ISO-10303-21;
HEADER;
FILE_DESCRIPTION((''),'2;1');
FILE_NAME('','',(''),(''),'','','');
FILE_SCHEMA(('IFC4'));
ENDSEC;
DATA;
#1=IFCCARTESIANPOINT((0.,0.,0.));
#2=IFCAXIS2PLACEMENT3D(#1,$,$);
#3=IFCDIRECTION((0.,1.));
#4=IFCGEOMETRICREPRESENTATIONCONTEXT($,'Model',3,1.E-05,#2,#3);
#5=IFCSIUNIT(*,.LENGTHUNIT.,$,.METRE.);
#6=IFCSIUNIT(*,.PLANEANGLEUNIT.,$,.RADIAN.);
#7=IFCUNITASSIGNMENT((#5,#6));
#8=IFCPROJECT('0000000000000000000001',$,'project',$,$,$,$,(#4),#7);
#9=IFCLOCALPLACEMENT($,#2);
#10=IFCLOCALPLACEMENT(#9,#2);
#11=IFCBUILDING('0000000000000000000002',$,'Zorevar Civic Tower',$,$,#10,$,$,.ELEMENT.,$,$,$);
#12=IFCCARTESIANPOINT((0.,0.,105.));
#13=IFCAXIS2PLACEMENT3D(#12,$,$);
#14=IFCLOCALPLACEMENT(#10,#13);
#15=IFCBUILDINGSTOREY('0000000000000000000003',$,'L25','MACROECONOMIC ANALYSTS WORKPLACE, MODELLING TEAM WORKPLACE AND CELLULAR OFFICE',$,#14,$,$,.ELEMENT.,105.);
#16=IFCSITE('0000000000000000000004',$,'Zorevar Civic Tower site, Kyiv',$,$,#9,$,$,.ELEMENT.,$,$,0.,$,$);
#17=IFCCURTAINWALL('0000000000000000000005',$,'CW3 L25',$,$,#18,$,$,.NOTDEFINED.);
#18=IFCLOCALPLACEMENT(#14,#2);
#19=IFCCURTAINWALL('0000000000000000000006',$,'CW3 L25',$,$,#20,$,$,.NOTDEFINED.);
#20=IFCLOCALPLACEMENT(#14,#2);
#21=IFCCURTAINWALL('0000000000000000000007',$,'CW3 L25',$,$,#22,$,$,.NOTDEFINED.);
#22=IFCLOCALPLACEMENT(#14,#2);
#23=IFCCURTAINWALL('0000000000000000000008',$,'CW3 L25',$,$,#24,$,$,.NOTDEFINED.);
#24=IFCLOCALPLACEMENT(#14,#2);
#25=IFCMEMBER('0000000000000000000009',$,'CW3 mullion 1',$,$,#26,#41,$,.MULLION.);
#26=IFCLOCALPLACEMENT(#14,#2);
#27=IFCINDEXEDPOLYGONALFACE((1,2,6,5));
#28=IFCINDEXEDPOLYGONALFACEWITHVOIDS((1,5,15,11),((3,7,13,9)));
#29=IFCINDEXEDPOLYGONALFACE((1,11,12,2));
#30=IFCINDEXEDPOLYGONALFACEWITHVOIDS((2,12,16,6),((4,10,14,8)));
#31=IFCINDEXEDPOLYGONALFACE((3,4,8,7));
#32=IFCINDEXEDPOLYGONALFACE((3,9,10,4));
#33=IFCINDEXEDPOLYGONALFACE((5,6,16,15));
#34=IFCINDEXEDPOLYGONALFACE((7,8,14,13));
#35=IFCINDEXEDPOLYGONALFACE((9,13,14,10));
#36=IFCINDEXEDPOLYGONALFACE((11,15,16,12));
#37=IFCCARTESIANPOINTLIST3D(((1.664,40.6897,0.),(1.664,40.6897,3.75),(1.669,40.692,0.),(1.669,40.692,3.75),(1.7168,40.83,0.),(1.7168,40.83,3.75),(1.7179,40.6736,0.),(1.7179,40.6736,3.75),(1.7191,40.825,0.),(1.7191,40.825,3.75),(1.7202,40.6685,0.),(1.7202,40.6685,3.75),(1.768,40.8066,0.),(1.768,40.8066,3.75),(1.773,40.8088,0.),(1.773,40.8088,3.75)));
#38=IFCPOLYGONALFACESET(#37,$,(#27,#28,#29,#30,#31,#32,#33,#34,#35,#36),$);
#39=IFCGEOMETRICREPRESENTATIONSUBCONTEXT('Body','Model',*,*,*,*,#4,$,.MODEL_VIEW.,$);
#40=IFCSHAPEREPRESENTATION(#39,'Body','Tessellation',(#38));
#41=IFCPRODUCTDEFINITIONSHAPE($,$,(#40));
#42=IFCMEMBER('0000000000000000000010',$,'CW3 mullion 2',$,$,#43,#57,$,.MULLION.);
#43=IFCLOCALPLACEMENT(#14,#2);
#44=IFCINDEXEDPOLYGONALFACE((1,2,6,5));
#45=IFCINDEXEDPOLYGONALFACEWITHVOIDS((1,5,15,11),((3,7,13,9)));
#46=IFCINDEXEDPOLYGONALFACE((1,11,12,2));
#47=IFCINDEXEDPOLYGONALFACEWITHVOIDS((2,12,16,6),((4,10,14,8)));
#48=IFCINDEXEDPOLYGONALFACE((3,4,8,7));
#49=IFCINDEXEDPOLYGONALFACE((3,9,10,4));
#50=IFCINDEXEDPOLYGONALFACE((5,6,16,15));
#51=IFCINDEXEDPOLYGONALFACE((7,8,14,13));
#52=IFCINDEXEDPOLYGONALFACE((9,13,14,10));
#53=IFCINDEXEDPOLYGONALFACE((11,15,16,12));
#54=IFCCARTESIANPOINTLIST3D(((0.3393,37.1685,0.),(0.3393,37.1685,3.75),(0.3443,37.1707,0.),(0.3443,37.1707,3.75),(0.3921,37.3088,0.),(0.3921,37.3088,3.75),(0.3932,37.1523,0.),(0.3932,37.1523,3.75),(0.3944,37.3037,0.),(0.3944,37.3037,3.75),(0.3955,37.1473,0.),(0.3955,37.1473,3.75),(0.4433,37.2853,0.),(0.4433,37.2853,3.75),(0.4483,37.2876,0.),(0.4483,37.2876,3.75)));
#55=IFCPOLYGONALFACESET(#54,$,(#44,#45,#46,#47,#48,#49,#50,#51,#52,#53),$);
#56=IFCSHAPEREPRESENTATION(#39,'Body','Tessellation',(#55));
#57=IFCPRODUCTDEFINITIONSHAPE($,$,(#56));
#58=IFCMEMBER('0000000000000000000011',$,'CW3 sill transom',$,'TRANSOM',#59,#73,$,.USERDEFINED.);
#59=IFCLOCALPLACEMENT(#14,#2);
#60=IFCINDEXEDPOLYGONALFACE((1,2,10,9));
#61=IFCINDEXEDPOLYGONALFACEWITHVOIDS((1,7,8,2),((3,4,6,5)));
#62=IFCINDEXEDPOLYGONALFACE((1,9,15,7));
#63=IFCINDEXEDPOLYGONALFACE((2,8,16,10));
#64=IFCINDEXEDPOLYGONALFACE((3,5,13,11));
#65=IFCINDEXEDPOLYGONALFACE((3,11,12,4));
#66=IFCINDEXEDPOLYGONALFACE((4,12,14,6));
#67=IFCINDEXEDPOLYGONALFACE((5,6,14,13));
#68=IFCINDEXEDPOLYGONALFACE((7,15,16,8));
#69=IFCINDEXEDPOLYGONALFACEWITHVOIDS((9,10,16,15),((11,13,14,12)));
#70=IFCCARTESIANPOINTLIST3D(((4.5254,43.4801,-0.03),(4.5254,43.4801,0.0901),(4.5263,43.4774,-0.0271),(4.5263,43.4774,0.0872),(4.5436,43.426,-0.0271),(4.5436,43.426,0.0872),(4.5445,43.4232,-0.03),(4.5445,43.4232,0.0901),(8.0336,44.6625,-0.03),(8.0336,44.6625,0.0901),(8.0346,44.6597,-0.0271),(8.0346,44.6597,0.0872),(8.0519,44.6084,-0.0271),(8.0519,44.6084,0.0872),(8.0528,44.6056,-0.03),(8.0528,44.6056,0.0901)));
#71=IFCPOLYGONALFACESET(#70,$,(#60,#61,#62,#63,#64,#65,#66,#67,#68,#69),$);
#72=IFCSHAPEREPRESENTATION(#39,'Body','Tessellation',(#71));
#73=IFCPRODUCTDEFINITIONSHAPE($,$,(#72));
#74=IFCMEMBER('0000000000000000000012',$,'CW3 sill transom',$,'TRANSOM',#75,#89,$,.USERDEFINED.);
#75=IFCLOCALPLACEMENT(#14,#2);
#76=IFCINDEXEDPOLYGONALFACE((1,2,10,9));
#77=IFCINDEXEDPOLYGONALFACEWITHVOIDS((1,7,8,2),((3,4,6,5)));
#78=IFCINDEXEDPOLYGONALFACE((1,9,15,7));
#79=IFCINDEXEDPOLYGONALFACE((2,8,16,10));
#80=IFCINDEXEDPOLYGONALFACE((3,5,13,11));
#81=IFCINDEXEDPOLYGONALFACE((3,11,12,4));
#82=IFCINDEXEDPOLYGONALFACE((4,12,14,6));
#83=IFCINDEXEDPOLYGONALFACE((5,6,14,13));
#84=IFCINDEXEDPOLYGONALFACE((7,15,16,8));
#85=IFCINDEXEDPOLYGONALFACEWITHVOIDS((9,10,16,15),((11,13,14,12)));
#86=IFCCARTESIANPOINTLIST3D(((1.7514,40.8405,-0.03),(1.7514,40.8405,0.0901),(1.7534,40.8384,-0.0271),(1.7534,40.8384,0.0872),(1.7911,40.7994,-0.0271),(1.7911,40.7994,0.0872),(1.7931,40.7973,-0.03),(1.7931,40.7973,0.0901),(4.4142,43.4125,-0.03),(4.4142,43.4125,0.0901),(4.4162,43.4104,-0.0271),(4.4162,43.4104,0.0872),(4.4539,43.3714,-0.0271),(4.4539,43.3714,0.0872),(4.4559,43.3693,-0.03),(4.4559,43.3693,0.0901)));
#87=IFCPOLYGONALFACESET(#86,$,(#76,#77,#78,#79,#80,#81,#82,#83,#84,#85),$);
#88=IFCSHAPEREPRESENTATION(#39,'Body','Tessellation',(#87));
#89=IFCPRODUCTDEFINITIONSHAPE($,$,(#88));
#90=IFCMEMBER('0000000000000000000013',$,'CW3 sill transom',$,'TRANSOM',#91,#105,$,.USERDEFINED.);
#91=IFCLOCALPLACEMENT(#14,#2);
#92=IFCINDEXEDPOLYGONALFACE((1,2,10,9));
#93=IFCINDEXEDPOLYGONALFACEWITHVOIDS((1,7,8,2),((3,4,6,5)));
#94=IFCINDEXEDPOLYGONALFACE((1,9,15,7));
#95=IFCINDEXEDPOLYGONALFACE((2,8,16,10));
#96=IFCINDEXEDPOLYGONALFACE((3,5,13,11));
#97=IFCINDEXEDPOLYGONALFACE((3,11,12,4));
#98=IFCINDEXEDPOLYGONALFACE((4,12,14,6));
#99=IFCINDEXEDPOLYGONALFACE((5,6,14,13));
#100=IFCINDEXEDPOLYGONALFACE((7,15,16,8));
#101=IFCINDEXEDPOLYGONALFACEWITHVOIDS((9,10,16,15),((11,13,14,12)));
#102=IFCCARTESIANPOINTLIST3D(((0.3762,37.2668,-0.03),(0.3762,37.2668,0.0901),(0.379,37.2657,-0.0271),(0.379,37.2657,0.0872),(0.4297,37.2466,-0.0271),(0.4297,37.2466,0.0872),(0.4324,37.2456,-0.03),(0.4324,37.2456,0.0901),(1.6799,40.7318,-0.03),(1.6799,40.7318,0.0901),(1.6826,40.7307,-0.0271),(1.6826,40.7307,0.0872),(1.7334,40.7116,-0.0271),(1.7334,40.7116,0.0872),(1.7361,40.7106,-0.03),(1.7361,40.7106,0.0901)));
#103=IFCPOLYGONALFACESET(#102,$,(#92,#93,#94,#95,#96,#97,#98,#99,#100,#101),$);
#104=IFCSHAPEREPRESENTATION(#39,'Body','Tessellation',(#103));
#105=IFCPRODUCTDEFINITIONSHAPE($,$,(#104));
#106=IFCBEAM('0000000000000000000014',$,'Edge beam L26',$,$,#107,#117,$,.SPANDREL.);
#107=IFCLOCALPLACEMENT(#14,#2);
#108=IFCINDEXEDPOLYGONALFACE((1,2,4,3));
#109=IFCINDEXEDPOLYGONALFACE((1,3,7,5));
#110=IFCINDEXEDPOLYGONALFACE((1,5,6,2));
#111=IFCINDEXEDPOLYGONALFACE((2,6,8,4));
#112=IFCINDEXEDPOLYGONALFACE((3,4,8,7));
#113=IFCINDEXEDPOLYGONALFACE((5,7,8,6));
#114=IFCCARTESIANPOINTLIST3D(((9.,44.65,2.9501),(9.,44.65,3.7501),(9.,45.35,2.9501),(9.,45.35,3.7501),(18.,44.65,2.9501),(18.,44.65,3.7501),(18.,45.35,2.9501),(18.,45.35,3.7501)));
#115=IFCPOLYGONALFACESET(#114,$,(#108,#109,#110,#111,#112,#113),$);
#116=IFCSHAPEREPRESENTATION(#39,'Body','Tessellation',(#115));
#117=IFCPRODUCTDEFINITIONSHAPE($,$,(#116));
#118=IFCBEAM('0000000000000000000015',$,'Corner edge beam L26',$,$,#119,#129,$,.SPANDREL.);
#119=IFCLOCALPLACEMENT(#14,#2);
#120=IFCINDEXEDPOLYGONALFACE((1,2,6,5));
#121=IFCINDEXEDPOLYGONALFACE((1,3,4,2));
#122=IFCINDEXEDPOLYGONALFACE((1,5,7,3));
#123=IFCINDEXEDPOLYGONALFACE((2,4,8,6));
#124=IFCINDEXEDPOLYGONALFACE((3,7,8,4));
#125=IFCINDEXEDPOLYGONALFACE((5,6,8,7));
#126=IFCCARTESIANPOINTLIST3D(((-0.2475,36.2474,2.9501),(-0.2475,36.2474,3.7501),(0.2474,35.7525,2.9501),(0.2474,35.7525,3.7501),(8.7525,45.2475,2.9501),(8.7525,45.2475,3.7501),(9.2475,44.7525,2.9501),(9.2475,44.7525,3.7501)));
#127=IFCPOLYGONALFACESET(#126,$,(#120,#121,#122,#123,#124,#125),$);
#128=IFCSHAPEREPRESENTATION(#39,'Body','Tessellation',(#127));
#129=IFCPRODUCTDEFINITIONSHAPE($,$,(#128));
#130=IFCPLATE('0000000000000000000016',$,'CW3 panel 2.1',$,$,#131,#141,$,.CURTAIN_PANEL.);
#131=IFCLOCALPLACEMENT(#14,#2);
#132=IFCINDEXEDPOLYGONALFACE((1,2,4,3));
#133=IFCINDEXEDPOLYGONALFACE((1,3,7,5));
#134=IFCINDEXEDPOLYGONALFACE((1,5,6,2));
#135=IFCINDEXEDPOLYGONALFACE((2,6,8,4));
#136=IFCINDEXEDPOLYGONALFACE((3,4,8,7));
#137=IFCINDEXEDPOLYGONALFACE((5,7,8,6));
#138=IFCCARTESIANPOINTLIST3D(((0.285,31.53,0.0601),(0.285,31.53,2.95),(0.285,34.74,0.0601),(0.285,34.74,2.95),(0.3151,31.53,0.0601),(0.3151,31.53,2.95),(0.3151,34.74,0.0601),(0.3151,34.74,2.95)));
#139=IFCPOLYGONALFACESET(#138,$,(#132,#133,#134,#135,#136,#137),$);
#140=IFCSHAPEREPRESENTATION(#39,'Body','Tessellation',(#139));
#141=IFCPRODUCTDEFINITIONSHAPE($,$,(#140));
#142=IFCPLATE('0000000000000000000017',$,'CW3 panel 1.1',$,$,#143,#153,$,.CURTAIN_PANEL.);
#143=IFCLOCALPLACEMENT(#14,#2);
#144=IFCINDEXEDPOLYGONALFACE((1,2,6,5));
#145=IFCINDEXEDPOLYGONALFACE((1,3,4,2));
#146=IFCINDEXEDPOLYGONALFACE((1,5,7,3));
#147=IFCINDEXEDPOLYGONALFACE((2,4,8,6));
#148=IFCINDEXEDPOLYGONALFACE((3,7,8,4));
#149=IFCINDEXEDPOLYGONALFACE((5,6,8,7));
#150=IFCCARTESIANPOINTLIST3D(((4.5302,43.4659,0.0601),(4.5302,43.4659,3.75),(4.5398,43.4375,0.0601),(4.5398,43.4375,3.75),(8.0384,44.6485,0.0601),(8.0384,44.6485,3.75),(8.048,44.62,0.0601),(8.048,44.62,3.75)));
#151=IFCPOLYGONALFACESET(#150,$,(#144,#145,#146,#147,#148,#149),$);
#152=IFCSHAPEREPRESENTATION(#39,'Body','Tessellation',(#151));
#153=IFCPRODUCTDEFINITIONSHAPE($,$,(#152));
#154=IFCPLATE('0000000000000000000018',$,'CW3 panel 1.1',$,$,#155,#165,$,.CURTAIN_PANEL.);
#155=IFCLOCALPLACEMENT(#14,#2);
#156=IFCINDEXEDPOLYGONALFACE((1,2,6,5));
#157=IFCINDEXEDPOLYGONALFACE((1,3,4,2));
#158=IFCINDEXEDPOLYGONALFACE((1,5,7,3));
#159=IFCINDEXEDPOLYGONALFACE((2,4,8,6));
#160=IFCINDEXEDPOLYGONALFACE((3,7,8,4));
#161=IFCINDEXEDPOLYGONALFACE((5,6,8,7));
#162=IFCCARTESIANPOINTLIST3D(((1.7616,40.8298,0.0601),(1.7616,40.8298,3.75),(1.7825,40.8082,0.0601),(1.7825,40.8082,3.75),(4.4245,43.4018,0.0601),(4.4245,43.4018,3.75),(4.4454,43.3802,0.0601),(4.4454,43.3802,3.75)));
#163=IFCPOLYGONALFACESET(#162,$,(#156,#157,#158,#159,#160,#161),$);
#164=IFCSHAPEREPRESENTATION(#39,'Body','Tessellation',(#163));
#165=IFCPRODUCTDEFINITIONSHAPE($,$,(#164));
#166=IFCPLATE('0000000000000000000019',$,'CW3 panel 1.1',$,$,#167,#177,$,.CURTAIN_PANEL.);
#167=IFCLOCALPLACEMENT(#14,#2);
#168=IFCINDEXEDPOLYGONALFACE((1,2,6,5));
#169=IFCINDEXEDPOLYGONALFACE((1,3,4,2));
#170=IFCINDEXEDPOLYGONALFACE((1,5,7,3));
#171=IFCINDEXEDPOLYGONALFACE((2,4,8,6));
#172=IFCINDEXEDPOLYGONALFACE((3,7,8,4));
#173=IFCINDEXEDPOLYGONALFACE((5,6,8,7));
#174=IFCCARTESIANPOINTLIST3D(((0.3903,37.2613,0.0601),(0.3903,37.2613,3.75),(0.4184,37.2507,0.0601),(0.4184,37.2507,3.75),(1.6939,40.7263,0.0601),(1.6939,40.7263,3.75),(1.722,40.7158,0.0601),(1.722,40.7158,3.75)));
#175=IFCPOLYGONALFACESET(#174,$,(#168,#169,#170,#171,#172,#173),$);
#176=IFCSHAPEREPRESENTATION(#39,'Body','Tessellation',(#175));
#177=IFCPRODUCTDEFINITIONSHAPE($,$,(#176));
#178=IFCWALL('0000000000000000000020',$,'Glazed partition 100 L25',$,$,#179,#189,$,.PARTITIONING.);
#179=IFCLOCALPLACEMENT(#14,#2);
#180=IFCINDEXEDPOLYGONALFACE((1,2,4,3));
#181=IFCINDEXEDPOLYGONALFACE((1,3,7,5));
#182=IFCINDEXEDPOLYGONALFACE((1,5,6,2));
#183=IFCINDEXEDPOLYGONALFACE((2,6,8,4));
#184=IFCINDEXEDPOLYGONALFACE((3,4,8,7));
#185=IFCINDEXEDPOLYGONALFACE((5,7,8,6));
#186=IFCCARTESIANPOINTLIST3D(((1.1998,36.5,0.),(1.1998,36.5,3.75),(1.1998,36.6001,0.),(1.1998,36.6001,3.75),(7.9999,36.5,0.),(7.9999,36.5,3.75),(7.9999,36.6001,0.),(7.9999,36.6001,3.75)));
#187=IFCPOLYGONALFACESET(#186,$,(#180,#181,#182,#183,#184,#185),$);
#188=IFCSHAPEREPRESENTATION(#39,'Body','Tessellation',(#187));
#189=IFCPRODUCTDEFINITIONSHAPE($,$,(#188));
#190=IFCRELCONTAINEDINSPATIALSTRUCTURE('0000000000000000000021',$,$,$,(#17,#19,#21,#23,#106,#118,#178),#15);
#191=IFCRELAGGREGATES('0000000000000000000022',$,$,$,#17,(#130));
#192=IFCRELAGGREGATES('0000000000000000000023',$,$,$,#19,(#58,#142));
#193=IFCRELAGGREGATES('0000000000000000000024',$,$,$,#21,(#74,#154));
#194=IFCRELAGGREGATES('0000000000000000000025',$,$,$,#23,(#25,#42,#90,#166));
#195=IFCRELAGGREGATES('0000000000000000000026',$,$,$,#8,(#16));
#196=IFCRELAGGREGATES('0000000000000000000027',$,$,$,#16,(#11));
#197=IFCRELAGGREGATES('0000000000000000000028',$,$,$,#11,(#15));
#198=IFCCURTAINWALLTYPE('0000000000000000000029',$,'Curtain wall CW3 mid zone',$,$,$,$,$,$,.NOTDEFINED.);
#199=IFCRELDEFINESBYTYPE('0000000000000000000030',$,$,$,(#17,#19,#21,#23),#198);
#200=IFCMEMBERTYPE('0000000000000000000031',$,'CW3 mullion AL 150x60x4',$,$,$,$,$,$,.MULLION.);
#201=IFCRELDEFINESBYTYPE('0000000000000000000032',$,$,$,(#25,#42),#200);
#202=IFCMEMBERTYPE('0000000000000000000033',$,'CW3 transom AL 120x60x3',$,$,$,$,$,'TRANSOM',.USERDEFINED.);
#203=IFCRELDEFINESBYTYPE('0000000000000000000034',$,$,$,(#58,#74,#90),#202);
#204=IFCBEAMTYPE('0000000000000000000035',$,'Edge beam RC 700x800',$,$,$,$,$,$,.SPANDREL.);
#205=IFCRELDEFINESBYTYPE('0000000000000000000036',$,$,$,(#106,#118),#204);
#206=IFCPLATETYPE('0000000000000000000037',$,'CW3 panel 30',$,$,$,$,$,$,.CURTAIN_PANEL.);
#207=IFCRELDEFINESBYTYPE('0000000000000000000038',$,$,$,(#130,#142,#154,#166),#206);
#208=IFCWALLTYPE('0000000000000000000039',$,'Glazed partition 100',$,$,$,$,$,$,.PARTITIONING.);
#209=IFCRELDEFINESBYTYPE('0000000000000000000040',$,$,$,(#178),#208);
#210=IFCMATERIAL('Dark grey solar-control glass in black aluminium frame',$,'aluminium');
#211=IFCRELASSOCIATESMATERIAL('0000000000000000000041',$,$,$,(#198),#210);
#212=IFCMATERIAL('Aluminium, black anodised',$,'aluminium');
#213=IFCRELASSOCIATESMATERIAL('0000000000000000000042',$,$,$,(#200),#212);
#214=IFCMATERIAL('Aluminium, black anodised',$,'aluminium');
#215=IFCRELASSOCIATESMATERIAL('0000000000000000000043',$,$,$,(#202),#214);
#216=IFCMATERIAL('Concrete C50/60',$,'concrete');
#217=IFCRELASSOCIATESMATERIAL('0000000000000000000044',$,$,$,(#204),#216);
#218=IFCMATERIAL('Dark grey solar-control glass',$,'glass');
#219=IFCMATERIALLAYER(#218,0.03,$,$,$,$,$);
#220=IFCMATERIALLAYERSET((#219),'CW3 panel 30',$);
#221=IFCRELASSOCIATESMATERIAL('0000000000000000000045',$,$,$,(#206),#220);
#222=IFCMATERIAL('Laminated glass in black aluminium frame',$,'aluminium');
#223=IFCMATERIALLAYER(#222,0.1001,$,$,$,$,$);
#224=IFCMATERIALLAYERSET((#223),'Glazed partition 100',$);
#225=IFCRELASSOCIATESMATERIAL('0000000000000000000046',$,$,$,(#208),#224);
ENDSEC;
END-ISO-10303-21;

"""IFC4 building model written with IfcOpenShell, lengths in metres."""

from ifc_helpers import new_model, si_unit, direction, frame, frame_2d, origin, origin_2d, place, context, subcontext, project, spatial, rectangle, hollow_rectangle, extrude, material, layer, layer_set, material_profile, profile_set, type_object, element, aggregate, save


model = new_model("IFC4")

# Units and contexts
model_context = context("Model", 3, precision=1e-05, world=origin(), true_north=direction((0.0, 1.0)))
body_context = subcontext(model_context, "Body", "Model", "MODEL_VIEW")
ifc_project = project(units=[si_unit("LENGTHUNIT", "METRE"), si_unit("PLANEANGLEUNIT", "RADIAN")], contexts=[model_context])

# Site, building, storey
site_placement = place(None, origin())
site = spatial("IfcSite", under=ifc_project, at=site_placement, Name="Zorevar Civic Tower site, Kyiv", CompositionType="ELEMENT", RefElevation=0.0)
building_placement = place(site_placement, origin())
building = spatial("IfcBuilding", under=site, at=building_placement, Name="Zorevar Civic Tower", CompositionType="ELEMENT")
storey_placement = place(building_placement, frame((0.0, 0.0, 105.0)))
storey = spatial("IfcBuildingStorey", under=building, at=storey_placement, Name="L25", Description="MACROECONOMIC ANALYSTS WORKPLACE, MODELLING TEAM WORKPLACE AND CELLULAR OFFICE", CompositionType="ELEMENT", Elevation=105.0)

# Curtain wall
ifc_material_1 = material(Name="Dark grey solar-control glass in black aluminium frame", Category="aluminium")
curtain_wall_type = type_object("IfcCurtainWallType", Name="Curtain wall CW3 mid zone", PredefinedType="NOTDEFINED", material=ifc_material_1)
curtain_wall_1_placement = place(storey_placement, origin())
curtain_wall_1 = element("IfcCurtainWall", 1, at=curtain_wall_1_placement, inside=storey, type_object=curtain_wall_type, Name="CW3 L25", PredefinedType="NOTDEFINED")
ifc_material_2 = material(Name="Aluminium, black anodised", Category="aluminium")
ifc_material_profile_1 = material_profile(ifc_material_2, hollow_rectangle(XDim=0.0601, YDim=0.1499, WallThickness=0.0039, at=origin_2d()), Name="AL 150x60x4")
ifc_profile_set_1 = profile_set([ifc_material_profile_1], Name="Aluminium, black anodised")
member_type_1 = type_object("IfcMemberType", Name="CW3 mullion AL 150x60x4", PredefinedType="MULLION", material=ifc_profile_set_1)

# Curtain walls, members
curtain_wall_2_placement = place(storey_placement, origin())
curtain_wall_2 = element("IfcCurtainWall", 2, at=curtain_wall_2_placement, inside=storey, type_object=curtain_wall_type, Name="CW3 L25", PredefinedType="NOTDEFINED")
curtain_wall_3_placement = place(storey_placement, origin())
curtain_wall_3 = element("IfcCurtainWall", 3, at=curtain_wall_3_placement, inside=storey, type_object=curtain_wall_type, Name="CW3 L25", PredefinedType="NOTDEFINED")
curtain_wall_4_placement = place(storey_placement, origin())
curtain_wall_4 = element("IfcCurtainWall", 4, at=curtain_wall_4_placement, inside=storey, type_object=curtain_wall_type, Name="CW3 L25", PredefinedType="NOTDEFINED")
member_1_placement = place(storey_placement, frame((1.7185, 40.7493, 0.0), z_axis=(0.0, 0.0, 1.0), x_axis=(0.935951, -0.352132, 0.0)))
member_1 = element("IfcMember", 5, at=member_1_placement, type_object=member_type_1, Name="CW3 mullion 1", PredefinedType="MULLION", context=body_context, shape_type="SweptSolid", body=[
    extrude(hollow_rectangle(XDim=0.0601, YDim=0.1499, WallThickness=0.0039, at=origin_2d()), origin(), (0.0, 0.0, 1.0), 3.75),
])
member_2_placement = place(storey_placement, frame((0.3938, 37.228, 0.0), z_axis=(0.0, 0.0, 1.0), x_axis=(0.935951, -0.352132, 0.0)))
member_2 = element("IfcMember", 6, at=member_2_placement, type_object=member_type_1, Name="CW3 mullion 2", PredefinedType="MULLION", context=body_context, shape_type="SweptSolid", body=[
    extrude(hollow_rectangle(XDim=0.0601, YDim=0.1499, WallThickness=0.0039, at=origin_2d()), origin(), (0.0, 0.0, 1.0), 3.75),
])

# Members
ifc_material_3 = material(Name="Aluminium, black anodised", Category="aluminium")
ifc_material_profile_2 = material_profile(ifc_material_3, hollow_rectangle(XDim=0.0601, YDim=0.1201, WallThickness=0.0029, at=origin_2d()), Name="AL 120x60x3")
ifc_profile_set_2 = profile_set([ifc_material_profile_2], Name="Aluminium, black anodised")
member_type_2 = type_object("IfcMemberType", Name="CW3 transom AL 120x60x3", ElementType="TRANSOM", PredefinedType="USERDEFINED", material=ifc_profile_set_2)
member_3_placement = place(storey_placement, frame((8.0432, 44.634, 0.03), z_axis=(-0.94763, -0.319372, 0.0), x_axis=(0.319372, -0.94763, 0.0)))
member_3 = element("IfcMember", 7, at=member_3_placement, type_object=member_type_2, Name="CW3 sill transom", ObjectType="TRANSOM", PredefinedType="USERDEFINED", context=body_context, shape_type="SweptSolid", body=[
    extrude(hollow_rectangle(XDim=0.0601, YDim=0.1201, WallThickness=0.0029, at=origin_2d()), origin(), (0.0, 0.0, 1.0), 3.7021),
])
member_4_placement = place(storey_placement, frame((4.4351, 43.3909, 0.03), z_axis=(-0.719266, -0.694735, 0.0), x_axis=(0.694735, -0.719266, 0.0)))
member_4 = element("IfcMember", 8, at=member_4_placement, type_object=member_type_2, Name="CW3 sill transom", ObjectType="TRANSOM", PredefinedType="USERDEFINED", context=body_context, shape_type="SweptSolid", body=[
    extrude(hollow_rectangle(XDim=0.0601, YDim=0.1201, WallThickness=0.0029, at=origin_2d()), origin(), (0.0, 0.0, 1.0), 3.7021),
])
member_5_placement = place(storey_placement, frame((1.708, 40.7212, 0.03), z_axis=(-0.352142, -0.935947, 0.0), x_axis=(0.935947, -0.352142, 0.0)))
member_5 = element("IfcMember", 9, at=member_5_placement, type_object=member_type_2, Name="CW3 sill transom", ObjectType="TRANSOM", PredefinedType="USERDEFINED", context=body_context, shape_type="SweptSolid", body=[
    extrude(hollow_rectangle(XDim=0.0601, YDim=0.1201, WallThickness=0.0029, at=origin_2d()), origin(), (0.0, 0.0, 1.0), 3.7021),
])

# Beams
ifc_material_4 = material(Name="Concrete C50/60", Category="concrete")
ifc_material_profile_3 = material_profile(ifc_material_4, rectangle(XDim=0.7, YDim=0.8, at=origin_2d()), Name="RC 700x800")
ifc_profile_set_3 = profile_set([ifc_material_profile_3], Name="Concrete C50/60")
beam_type_1 = type_object("IfcBeamType", Name="Edge beam RC 700x800", PredefinedType="SPANDREL", material=ifc_profile_set_3)
beam_1_placement = place(storey_placement, frame((9.0, 45.0, 3.3501), z_axis=(1.0, 0.0, 0.0), x_axis=(0.0, 1.0, 0.0)))
element("IfcBeam", 10, at=beam_1_placement, inside=storey, type_object=beam_type_1, Name="Edge beam L26", PredefinedType="SPANDREL", context=body_context, shape_type="SweptSolid", body=[
    extrude(rectangle(XDim=0.7, YDim=0.8, at=origin_2d()), origin(), (0.0, 0.0, 1.0), 9.0),
])
beam_2_placement = place(storey_placement, frame((9.0, 45.0, 3.3501), z_axis=(-0.707107, -0.707107, 0.0), x_axis=(0.707107, -0.707107, 0.0)))
element("IfcBeam", 11, at=beam_2_placement, inside=storey, type_object=beam_type_1, Name="Corner edge beam L26", PredefinedType="SPANDREL", context=body_context, shape_type="SweptSolid", body=[
    extrude(rectangle(XDim=0.7, YDim=0.8, at=origin_2d()), origin(), (0.0, 0.0, 1.0), 12.728),
])

# Plates
ifc_material_5 = material(Name="Dark grey solar-control glass", Category="glass")
ifc_layer_1 = layer(ifc_material_5, 0.03)
ifc_layer_set_1 = layer_set([ifc_layer_1], Name="CW3 panel 30")
plate_type = type_object("IfcPlateType", Name="CW3 panel 30", PredefinedType="CURTAIN_PANEL", material=ifc_layer_set_1)
plate_1_placement = place(storey_placement, frame((0.3, 33.135, 0.0601), z_axis=(0.0, 0.0, 1.0), x_axis=(0.0, 1.0, 0.0)))
plate_1 = element("IfcPlate", 12, at=plate_1_placement, type_object=plate_type, Name="CW3 panel 2.1", PredefinedType="CURTAIN_PANEL", context=body_context, shape_type="SweptSolid", body=[
    extrude(rectangle(XDim=3.21, YDim=0.03, at=origin_2d()), origin(), (0.0, 0.0, 1.0), 2.8899),
])
aggregate(curtain_wall_1, [plate_1])
plate_2_placement = place(storey_placement, frame((6.2891, 44.043, 0.0601), z_axis=(0.0, 0.0, 1.0), x_axis=(-0.947616, -0.319413, 0.0)))
plate_2 = element("IfcPlate", 13, at=plate_2_placement, type_object=plate_type, Name="CW3 panel 1.1", PredefinedType="CURTAIN_PANEL", context=body_context, shape_type="SweptSolid", body=[
    extrude(rectangle(XDim=3.7021, YDim=0.03, at=origin_2d()), origin(), (0.0, 0.0, 1.0), 3.6899),
])
aggregate(curtain_wall_2, [member_3, plate_2])
plate_3_placement = place(storey_placement, frame((3.1035, 42.105, 0.0601), z_axis=(0.0, 0.0, 1.0), x_axis=(-0.719281, -0.694719, 0.0)))
plate_3 = element("IfcPlate", 14, at=plate_3_placement, type_object=plate_type, Name="CW3 panel 1.1", PredefinedType="CURTAIN_PANEL", context=body_context, shape_type="SweptSolid", body=[
    extrude(rectangle(XDim=3.7021, YDim=0.03, at=origin_2d()), origin(), (0.0, 0.0, 1.0), 3.6899),
])
aggregate(curtain_wall_3, [member_4, plate_3])
plate_4_placement = place(storey_placement, frame((1.0562, 38.9885, 0.0601), z_axis=(0.0, 0.0, 1.0), x_axis=(-0.352132, -0.935951, 0.0)))
plate_4 = element("IfcPlate", 15, at=plate_4_placement, type_object=plate_type, Name="CW3 panel 1.1", PredefinedType="CURTAIN_PANEL", context=body_context, shape_type="SweptSolid", body=[
    extrude(rectangle(XDim=3.7021, YDim=0.03, at=origin_2d()), origin(), (0.0, 0.0, 1.0), 3.6899),
])
aggregate(curtain_wall_4, [member_1, member_2, member_5, plate_4])

# Wall
ifc_material_6 = material(Name="Laminated glass in black aluminium frame", Category="aluminium")
ifc_layer_2 = layer(ifc_material_6, 0.1001)
ifc_layer_set_2 = layer_set([ifc_layer_2], Name="Glazed partition 100")
wall_type_1 = type_object("IfcWallType", Name="Glazed partition 100", PredefinedType="PARTITIONING", material=ifc_layer_set_2)
wall_1_placement = place(storey_placement, frame((1.2, 36.55, 0.0), z_axis=(0.0, 0.0, 1.0), x_axis=(1.0, 0.0, 0.0)))
element("IfcWall", 16, at=wall_1_placement, inside=storey, type_object=wall_type_1, Name="Glazed partition 100 L25", PredefinedType="PARTITIONING", context=body_context, shape_type="SweptSolid", body=[
    extrude(rectangle(XDim=6.8, YDim=0.1001, at=frame_2d((3.3999, 0.0))), origin(), (0.0, 0.0, 1.0), 3.75),
])

save(model, "model.ifc")
